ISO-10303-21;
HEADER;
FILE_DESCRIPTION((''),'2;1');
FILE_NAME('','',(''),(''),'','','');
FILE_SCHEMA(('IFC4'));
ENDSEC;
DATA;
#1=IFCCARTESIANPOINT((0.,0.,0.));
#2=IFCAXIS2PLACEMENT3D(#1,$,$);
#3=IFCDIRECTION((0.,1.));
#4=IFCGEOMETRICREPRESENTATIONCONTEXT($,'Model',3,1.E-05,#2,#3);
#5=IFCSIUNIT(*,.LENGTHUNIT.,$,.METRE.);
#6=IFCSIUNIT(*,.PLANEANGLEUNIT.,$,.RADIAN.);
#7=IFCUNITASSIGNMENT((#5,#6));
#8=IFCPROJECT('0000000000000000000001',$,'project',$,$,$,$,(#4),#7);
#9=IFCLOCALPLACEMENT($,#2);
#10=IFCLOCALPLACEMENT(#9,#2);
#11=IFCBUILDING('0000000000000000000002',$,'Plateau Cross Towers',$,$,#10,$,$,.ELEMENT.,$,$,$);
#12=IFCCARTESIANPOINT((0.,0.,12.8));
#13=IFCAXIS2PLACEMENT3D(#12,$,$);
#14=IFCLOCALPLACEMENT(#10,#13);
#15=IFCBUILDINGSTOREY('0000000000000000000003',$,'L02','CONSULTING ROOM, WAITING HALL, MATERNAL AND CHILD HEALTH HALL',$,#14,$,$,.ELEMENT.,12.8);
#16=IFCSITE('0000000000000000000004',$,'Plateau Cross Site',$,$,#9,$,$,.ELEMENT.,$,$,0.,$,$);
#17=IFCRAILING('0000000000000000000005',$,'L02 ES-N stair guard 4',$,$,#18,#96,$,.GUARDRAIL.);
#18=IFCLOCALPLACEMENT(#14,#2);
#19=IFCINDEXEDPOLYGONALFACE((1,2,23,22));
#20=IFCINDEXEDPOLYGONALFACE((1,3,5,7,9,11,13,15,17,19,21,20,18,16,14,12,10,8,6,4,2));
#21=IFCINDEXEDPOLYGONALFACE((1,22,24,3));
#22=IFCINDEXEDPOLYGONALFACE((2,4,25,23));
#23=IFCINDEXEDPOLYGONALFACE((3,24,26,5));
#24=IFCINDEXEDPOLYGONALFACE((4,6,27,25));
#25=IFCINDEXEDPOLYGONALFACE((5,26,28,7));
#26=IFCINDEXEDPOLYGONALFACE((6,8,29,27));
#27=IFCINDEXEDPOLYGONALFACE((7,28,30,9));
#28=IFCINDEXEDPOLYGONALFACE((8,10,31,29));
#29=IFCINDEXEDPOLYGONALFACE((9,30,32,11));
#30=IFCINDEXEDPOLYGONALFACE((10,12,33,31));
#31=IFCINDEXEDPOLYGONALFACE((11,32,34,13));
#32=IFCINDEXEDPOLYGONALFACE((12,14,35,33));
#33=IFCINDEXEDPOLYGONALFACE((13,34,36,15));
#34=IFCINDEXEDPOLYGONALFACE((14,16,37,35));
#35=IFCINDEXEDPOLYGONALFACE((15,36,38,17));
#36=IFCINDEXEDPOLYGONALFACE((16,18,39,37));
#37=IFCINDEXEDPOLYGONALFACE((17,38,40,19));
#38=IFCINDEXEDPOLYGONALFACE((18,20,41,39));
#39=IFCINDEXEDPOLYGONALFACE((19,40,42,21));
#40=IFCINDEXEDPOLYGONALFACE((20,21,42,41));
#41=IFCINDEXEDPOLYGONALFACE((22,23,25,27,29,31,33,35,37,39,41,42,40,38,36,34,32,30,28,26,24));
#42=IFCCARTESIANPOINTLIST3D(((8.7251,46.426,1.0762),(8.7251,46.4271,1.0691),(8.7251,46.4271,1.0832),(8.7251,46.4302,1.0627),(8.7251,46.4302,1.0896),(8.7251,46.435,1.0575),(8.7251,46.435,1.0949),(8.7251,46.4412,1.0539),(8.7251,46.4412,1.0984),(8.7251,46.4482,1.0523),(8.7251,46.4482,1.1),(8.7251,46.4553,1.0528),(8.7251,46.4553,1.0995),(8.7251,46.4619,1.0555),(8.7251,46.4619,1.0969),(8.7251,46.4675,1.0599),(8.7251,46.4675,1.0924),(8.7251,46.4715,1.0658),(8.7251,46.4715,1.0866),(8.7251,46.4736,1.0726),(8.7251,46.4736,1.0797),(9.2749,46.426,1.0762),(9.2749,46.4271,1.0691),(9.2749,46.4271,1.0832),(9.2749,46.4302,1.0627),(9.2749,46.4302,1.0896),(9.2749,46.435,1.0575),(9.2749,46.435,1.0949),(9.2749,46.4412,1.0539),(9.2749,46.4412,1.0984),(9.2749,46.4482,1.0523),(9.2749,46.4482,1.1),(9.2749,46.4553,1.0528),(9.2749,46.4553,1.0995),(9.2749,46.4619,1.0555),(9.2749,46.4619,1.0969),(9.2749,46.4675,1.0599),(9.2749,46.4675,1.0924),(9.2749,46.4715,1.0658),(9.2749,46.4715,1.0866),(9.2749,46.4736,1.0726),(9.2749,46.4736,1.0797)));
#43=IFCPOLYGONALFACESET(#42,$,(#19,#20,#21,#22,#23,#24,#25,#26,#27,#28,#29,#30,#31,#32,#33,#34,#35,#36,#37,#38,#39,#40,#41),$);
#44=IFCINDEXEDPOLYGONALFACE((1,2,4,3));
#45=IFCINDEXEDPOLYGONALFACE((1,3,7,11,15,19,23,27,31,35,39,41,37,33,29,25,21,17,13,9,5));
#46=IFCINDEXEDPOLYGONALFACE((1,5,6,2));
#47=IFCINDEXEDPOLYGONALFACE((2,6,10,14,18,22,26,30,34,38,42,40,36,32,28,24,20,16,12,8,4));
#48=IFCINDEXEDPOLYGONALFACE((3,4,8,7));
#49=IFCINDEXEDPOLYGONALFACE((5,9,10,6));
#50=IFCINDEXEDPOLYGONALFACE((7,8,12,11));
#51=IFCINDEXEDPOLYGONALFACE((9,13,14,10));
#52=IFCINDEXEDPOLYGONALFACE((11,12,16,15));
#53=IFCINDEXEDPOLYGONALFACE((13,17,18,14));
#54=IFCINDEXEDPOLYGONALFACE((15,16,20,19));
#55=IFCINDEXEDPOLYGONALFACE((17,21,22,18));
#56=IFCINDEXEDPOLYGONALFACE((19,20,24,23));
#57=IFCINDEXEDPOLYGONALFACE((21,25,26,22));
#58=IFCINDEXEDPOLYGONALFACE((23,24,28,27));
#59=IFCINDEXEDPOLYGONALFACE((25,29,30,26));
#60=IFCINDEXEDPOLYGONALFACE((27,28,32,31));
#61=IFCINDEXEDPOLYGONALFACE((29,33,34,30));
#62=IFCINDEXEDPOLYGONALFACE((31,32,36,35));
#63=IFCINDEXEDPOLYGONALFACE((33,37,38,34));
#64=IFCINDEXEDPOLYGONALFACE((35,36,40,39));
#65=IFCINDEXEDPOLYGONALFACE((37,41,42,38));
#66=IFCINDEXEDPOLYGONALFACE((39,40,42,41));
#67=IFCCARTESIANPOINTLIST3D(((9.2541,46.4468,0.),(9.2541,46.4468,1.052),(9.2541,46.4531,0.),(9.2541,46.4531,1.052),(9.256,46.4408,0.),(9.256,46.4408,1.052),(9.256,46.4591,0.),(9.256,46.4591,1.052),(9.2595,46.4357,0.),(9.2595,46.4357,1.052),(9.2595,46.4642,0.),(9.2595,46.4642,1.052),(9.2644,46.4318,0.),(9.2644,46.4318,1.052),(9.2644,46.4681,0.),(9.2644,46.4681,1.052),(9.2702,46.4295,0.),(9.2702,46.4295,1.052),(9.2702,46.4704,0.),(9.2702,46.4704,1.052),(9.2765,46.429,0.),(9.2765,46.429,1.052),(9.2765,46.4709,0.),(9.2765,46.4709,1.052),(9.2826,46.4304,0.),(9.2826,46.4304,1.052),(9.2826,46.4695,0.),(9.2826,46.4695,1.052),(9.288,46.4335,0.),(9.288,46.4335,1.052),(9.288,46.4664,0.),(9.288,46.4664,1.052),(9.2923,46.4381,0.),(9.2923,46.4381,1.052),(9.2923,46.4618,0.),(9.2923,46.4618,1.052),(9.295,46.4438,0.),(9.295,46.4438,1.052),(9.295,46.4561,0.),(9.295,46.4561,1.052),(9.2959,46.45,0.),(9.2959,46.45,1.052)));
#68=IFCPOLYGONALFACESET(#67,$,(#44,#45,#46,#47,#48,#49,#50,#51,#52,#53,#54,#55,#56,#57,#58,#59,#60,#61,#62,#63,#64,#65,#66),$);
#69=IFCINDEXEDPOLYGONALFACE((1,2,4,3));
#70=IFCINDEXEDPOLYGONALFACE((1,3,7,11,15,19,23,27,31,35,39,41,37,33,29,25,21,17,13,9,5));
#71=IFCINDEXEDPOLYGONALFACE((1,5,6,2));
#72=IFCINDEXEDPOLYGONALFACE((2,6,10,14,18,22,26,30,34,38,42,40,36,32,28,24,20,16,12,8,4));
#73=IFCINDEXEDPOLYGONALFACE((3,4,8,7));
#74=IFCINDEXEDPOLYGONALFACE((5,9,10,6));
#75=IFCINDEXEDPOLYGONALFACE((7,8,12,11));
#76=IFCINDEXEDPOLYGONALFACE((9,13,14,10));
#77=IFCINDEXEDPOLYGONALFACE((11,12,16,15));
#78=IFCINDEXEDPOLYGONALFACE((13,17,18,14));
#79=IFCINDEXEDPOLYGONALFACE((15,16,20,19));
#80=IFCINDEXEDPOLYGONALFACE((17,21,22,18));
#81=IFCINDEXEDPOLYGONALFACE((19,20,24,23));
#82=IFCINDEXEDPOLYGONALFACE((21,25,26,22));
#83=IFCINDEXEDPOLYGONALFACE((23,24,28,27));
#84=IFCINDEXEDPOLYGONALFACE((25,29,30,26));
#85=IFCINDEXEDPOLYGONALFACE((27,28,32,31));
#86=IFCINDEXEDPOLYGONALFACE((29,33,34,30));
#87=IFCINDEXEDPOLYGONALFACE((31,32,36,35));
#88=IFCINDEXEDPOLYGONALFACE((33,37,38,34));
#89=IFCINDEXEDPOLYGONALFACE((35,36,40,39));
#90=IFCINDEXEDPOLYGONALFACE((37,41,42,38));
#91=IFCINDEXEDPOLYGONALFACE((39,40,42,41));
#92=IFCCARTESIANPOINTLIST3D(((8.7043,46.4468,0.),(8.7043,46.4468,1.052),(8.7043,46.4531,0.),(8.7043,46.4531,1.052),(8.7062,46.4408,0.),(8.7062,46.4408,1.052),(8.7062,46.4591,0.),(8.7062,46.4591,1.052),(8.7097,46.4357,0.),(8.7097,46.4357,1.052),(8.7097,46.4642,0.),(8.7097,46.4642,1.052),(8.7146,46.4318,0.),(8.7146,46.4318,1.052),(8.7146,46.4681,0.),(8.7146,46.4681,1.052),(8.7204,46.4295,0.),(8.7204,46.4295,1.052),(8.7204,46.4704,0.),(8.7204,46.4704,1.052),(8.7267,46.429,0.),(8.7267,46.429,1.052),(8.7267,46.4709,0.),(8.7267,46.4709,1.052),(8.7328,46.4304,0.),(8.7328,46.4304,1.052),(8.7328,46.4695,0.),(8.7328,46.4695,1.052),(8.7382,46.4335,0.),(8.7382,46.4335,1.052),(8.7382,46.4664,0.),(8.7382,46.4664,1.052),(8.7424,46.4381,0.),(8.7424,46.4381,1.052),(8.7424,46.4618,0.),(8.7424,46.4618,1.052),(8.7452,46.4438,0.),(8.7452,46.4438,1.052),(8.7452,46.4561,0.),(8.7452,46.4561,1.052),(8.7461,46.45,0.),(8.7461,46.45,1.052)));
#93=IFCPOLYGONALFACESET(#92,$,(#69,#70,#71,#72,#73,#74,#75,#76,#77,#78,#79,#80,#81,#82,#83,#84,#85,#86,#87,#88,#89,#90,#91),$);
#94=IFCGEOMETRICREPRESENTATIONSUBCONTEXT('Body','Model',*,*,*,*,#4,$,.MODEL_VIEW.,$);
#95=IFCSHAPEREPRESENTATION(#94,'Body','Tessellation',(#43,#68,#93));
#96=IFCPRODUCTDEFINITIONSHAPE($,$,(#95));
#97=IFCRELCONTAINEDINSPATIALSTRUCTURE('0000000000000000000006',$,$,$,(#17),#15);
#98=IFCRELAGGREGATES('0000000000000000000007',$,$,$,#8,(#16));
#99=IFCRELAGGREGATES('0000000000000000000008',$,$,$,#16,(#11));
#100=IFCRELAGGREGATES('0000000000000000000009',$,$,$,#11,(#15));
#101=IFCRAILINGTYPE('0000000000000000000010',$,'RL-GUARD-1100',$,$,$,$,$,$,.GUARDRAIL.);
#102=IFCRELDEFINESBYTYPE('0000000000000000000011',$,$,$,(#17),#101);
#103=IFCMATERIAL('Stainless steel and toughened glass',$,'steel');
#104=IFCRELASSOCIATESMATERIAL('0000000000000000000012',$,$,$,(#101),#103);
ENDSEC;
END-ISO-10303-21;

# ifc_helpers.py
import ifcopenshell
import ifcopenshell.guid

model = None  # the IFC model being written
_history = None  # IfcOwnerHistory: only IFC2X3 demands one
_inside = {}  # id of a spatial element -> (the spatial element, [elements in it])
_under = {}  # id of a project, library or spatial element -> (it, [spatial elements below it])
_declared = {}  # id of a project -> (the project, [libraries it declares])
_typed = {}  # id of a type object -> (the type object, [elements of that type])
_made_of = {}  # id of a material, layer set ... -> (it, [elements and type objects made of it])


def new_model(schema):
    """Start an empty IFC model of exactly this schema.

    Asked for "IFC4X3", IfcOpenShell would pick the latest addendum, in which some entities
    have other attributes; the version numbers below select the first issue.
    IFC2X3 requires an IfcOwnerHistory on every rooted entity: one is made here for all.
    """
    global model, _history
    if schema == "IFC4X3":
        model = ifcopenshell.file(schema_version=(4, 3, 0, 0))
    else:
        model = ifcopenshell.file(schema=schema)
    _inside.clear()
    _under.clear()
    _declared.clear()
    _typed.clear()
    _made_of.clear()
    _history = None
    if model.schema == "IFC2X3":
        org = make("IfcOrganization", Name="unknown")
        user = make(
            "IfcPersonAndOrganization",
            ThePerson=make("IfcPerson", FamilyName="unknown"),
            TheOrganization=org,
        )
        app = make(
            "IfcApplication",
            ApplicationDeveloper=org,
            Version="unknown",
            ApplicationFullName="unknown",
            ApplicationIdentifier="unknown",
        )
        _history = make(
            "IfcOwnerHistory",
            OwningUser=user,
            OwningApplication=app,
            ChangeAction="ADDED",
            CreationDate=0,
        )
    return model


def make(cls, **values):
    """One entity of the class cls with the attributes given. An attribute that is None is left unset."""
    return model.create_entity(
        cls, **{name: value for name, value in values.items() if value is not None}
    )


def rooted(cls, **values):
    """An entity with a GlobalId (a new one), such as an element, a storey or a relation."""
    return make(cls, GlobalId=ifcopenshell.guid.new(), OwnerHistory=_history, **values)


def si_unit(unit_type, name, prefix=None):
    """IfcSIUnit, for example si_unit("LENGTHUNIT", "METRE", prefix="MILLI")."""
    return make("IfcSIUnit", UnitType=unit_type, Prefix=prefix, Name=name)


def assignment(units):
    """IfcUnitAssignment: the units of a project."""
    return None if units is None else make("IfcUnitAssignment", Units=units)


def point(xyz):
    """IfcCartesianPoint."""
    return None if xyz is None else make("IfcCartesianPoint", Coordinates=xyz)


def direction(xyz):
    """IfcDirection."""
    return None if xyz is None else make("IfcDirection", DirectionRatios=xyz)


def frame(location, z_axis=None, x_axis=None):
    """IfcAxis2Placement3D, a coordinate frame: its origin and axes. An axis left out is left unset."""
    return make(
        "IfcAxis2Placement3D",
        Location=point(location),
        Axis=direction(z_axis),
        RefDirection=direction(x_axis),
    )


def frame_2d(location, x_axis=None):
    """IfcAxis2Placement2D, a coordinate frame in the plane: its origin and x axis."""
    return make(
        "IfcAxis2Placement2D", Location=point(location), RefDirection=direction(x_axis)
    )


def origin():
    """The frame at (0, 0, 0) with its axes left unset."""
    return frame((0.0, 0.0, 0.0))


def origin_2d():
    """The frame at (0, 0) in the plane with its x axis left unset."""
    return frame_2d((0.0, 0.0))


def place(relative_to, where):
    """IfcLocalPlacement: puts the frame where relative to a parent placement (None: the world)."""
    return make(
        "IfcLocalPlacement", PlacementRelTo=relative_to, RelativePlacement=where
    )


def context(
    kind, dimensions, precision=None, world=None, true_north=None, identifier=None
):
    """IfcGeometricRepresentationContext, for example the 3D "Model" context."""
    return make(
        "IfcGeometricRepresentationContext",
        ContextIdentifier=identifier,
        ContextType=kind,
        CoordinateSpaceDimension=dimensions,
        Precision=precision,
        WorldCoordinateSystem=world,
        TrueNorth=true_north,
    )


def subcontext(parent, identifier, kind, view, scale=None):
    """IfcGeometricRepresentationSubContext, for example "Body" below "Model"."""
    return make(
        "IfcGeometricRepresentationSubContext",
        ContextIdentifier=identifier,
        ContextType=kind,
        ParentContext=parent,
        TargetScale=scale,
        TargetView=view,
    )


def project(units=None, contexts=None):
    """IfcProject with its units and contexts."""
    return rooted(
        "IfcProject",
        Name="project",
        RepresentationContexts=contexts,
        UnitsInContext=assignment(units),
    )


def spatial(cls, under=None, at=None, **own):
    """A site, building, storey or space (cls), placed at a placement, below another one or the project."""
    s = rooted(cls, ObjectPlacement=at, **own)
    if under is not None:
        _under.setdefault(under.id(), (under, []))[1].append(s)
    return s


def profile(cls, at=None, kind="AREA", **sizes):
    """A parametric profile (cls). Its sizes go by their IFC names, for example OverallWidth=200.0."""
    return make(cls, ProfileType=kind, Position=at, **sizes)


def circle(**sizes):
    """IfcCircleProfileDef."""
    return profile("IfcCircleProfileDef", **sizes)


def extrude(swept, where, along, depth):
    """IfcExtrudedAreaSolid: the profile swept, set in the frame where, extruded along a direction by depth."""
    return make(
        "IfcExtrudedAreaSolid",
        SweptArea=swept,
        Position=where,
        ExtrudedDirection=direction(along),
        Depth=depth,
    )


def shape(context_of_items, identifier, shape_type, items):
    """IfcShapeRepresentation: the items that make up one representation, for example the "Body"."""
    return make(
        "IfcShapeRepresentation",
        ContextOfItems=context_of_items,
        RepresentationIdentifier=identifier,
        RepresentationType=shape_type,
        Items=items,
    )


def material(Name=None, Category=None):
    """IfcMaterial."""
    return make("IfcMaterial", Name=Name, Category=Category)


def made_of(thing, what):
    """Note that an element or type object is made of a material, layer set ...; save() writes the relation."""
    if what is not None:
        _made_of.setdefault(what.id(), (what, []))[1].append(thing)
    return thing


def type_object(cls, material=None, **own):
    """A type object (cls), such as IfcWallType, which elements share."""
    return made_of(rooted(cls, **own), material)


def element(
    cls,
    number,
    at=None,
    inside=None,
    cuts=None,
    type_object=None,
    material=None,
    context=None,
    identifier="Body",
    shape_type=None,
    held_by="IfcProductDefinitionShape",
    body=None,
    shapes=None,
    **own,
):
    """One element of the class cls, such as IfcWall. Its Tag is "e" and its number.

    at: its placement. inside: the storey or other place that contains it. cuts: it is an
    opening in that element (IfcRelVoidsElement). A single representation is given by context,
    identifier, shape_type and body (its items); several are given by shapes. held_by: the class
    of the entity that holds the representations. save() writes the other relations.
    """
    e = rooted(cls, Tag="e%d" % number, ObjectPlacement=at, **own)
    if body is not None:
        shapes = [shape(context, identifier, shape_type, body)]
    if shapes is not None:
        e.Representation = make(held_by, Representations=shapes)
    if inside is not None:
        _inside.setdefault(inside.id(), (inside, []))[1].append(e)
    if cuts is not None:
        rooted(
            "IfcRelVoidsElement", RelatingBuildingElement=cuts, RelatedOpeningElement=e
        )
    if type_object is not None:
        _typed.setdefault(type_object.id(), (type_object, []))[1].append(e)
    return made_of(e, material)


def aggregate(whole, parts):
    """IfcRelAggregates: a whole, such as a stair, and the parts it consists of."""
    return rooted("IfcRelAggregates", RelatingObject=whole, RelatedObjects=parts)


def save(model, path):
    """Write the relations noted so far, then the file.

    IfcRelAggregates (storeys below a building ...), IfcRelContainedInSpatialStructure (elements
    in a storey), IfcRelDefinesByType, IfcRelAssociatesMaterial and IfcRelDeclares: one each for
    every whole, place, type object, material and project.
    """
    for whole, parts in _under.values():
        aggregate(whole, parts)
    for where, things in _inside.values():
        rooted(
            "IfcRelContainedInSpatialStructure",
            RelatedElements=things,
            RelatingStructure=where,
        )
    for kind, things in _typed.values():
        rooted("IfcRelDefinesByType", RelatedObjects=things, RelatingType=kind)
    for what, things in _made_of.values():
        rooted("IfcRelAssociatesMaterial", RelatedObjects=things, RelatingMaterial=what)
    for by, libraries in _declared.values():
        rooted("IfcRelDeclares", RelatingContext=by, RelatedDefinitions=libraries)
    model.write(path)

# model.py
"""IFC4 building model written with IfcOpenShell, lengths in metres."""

from ifc_helpers import new_model, si_unit, direction, frame, origin, origin_2d, place, context, subcontext, project, spatial, circle, extrude, material, type_object, element, save


model = new_model("IFC4")

# Units and contexts
model_context = context("Model", 3, precision=1e-05, world=origin(), true_north=direction((0.0, 1.0)))
body_context = subcontext(model_context, "Body", "Model", "MODEL_VIEW")
ifc_project = project(units=[si_unit("LENGTHUNIT", "METRE"), si_unit("PLANEANGLEUNIT", "RADIAN")], contexts=[model_context])

# Site, building, storey
site_placement = place(None, origin())
site = spatial("IfcSite", under=ifc_project, at=site_placement, Name="Plateau Cross Site", CompositionType="ELEMENT", RefElevation=0.0)
building_placement = place(site_placement, origin())
building = spatial("IfcBuilding", under=site, at=building_placement, Name="Plateau Cross Towers", CompositionType="ELEMENT")
storey_placement = place(building_placement, frame((0.0, 0.0, 12.8)))
storey = spatial("IfcBuildingStorey", under=building, at=storey_placement, Name="L02", Description="CONSULTING ROOM, WAITING HALL, MATERNAL AND CHILD HEALTH HALL", CompositionType="ELEMENT", Elevation=12.8)

# Railing
ifc_material_1 = material(Name="Stainless steel and toughened glass", Category="steel")
railing_type_1 = type_object("IfcRailingType", Name="RL-GUARD-1100", PredefinedType="GUARDRAIL", material=ifc_material_1)
railing_1_placement = place(storey_placement, frame((9.2749, 46.45, 0.0)))
element("IfcRailing", 1, at=railing_1_placement, inside=storey, type_object=railing_type_1, Name="L02 ES-N stair guard 4", PredefinedType="GUARDRAIL", context=body_context, shape_type="SweptSolid", body=[
    extrude(circle(Radius=0.0239, at=origin_2d()), frame((0.0, 0.0, 1.0762), z_axis=(-1.0, 0.0, 0.0), x_axis=(0.0, -1.0, 0.0)), (0.0, 0.0, 1.0), 0.5498),
    extrude(circle(Radius=0.021, at=origin_2d()), origin(), (0.0, 0.0, 1.0), 1.052),
    extrude(circle(Radius=0.021, at=origin_2d()), frame((-0.5498, 0.0, 0.0)), (0.0, 0.0, 1.0), 1.052),
])

save(model, "model.ifc")
